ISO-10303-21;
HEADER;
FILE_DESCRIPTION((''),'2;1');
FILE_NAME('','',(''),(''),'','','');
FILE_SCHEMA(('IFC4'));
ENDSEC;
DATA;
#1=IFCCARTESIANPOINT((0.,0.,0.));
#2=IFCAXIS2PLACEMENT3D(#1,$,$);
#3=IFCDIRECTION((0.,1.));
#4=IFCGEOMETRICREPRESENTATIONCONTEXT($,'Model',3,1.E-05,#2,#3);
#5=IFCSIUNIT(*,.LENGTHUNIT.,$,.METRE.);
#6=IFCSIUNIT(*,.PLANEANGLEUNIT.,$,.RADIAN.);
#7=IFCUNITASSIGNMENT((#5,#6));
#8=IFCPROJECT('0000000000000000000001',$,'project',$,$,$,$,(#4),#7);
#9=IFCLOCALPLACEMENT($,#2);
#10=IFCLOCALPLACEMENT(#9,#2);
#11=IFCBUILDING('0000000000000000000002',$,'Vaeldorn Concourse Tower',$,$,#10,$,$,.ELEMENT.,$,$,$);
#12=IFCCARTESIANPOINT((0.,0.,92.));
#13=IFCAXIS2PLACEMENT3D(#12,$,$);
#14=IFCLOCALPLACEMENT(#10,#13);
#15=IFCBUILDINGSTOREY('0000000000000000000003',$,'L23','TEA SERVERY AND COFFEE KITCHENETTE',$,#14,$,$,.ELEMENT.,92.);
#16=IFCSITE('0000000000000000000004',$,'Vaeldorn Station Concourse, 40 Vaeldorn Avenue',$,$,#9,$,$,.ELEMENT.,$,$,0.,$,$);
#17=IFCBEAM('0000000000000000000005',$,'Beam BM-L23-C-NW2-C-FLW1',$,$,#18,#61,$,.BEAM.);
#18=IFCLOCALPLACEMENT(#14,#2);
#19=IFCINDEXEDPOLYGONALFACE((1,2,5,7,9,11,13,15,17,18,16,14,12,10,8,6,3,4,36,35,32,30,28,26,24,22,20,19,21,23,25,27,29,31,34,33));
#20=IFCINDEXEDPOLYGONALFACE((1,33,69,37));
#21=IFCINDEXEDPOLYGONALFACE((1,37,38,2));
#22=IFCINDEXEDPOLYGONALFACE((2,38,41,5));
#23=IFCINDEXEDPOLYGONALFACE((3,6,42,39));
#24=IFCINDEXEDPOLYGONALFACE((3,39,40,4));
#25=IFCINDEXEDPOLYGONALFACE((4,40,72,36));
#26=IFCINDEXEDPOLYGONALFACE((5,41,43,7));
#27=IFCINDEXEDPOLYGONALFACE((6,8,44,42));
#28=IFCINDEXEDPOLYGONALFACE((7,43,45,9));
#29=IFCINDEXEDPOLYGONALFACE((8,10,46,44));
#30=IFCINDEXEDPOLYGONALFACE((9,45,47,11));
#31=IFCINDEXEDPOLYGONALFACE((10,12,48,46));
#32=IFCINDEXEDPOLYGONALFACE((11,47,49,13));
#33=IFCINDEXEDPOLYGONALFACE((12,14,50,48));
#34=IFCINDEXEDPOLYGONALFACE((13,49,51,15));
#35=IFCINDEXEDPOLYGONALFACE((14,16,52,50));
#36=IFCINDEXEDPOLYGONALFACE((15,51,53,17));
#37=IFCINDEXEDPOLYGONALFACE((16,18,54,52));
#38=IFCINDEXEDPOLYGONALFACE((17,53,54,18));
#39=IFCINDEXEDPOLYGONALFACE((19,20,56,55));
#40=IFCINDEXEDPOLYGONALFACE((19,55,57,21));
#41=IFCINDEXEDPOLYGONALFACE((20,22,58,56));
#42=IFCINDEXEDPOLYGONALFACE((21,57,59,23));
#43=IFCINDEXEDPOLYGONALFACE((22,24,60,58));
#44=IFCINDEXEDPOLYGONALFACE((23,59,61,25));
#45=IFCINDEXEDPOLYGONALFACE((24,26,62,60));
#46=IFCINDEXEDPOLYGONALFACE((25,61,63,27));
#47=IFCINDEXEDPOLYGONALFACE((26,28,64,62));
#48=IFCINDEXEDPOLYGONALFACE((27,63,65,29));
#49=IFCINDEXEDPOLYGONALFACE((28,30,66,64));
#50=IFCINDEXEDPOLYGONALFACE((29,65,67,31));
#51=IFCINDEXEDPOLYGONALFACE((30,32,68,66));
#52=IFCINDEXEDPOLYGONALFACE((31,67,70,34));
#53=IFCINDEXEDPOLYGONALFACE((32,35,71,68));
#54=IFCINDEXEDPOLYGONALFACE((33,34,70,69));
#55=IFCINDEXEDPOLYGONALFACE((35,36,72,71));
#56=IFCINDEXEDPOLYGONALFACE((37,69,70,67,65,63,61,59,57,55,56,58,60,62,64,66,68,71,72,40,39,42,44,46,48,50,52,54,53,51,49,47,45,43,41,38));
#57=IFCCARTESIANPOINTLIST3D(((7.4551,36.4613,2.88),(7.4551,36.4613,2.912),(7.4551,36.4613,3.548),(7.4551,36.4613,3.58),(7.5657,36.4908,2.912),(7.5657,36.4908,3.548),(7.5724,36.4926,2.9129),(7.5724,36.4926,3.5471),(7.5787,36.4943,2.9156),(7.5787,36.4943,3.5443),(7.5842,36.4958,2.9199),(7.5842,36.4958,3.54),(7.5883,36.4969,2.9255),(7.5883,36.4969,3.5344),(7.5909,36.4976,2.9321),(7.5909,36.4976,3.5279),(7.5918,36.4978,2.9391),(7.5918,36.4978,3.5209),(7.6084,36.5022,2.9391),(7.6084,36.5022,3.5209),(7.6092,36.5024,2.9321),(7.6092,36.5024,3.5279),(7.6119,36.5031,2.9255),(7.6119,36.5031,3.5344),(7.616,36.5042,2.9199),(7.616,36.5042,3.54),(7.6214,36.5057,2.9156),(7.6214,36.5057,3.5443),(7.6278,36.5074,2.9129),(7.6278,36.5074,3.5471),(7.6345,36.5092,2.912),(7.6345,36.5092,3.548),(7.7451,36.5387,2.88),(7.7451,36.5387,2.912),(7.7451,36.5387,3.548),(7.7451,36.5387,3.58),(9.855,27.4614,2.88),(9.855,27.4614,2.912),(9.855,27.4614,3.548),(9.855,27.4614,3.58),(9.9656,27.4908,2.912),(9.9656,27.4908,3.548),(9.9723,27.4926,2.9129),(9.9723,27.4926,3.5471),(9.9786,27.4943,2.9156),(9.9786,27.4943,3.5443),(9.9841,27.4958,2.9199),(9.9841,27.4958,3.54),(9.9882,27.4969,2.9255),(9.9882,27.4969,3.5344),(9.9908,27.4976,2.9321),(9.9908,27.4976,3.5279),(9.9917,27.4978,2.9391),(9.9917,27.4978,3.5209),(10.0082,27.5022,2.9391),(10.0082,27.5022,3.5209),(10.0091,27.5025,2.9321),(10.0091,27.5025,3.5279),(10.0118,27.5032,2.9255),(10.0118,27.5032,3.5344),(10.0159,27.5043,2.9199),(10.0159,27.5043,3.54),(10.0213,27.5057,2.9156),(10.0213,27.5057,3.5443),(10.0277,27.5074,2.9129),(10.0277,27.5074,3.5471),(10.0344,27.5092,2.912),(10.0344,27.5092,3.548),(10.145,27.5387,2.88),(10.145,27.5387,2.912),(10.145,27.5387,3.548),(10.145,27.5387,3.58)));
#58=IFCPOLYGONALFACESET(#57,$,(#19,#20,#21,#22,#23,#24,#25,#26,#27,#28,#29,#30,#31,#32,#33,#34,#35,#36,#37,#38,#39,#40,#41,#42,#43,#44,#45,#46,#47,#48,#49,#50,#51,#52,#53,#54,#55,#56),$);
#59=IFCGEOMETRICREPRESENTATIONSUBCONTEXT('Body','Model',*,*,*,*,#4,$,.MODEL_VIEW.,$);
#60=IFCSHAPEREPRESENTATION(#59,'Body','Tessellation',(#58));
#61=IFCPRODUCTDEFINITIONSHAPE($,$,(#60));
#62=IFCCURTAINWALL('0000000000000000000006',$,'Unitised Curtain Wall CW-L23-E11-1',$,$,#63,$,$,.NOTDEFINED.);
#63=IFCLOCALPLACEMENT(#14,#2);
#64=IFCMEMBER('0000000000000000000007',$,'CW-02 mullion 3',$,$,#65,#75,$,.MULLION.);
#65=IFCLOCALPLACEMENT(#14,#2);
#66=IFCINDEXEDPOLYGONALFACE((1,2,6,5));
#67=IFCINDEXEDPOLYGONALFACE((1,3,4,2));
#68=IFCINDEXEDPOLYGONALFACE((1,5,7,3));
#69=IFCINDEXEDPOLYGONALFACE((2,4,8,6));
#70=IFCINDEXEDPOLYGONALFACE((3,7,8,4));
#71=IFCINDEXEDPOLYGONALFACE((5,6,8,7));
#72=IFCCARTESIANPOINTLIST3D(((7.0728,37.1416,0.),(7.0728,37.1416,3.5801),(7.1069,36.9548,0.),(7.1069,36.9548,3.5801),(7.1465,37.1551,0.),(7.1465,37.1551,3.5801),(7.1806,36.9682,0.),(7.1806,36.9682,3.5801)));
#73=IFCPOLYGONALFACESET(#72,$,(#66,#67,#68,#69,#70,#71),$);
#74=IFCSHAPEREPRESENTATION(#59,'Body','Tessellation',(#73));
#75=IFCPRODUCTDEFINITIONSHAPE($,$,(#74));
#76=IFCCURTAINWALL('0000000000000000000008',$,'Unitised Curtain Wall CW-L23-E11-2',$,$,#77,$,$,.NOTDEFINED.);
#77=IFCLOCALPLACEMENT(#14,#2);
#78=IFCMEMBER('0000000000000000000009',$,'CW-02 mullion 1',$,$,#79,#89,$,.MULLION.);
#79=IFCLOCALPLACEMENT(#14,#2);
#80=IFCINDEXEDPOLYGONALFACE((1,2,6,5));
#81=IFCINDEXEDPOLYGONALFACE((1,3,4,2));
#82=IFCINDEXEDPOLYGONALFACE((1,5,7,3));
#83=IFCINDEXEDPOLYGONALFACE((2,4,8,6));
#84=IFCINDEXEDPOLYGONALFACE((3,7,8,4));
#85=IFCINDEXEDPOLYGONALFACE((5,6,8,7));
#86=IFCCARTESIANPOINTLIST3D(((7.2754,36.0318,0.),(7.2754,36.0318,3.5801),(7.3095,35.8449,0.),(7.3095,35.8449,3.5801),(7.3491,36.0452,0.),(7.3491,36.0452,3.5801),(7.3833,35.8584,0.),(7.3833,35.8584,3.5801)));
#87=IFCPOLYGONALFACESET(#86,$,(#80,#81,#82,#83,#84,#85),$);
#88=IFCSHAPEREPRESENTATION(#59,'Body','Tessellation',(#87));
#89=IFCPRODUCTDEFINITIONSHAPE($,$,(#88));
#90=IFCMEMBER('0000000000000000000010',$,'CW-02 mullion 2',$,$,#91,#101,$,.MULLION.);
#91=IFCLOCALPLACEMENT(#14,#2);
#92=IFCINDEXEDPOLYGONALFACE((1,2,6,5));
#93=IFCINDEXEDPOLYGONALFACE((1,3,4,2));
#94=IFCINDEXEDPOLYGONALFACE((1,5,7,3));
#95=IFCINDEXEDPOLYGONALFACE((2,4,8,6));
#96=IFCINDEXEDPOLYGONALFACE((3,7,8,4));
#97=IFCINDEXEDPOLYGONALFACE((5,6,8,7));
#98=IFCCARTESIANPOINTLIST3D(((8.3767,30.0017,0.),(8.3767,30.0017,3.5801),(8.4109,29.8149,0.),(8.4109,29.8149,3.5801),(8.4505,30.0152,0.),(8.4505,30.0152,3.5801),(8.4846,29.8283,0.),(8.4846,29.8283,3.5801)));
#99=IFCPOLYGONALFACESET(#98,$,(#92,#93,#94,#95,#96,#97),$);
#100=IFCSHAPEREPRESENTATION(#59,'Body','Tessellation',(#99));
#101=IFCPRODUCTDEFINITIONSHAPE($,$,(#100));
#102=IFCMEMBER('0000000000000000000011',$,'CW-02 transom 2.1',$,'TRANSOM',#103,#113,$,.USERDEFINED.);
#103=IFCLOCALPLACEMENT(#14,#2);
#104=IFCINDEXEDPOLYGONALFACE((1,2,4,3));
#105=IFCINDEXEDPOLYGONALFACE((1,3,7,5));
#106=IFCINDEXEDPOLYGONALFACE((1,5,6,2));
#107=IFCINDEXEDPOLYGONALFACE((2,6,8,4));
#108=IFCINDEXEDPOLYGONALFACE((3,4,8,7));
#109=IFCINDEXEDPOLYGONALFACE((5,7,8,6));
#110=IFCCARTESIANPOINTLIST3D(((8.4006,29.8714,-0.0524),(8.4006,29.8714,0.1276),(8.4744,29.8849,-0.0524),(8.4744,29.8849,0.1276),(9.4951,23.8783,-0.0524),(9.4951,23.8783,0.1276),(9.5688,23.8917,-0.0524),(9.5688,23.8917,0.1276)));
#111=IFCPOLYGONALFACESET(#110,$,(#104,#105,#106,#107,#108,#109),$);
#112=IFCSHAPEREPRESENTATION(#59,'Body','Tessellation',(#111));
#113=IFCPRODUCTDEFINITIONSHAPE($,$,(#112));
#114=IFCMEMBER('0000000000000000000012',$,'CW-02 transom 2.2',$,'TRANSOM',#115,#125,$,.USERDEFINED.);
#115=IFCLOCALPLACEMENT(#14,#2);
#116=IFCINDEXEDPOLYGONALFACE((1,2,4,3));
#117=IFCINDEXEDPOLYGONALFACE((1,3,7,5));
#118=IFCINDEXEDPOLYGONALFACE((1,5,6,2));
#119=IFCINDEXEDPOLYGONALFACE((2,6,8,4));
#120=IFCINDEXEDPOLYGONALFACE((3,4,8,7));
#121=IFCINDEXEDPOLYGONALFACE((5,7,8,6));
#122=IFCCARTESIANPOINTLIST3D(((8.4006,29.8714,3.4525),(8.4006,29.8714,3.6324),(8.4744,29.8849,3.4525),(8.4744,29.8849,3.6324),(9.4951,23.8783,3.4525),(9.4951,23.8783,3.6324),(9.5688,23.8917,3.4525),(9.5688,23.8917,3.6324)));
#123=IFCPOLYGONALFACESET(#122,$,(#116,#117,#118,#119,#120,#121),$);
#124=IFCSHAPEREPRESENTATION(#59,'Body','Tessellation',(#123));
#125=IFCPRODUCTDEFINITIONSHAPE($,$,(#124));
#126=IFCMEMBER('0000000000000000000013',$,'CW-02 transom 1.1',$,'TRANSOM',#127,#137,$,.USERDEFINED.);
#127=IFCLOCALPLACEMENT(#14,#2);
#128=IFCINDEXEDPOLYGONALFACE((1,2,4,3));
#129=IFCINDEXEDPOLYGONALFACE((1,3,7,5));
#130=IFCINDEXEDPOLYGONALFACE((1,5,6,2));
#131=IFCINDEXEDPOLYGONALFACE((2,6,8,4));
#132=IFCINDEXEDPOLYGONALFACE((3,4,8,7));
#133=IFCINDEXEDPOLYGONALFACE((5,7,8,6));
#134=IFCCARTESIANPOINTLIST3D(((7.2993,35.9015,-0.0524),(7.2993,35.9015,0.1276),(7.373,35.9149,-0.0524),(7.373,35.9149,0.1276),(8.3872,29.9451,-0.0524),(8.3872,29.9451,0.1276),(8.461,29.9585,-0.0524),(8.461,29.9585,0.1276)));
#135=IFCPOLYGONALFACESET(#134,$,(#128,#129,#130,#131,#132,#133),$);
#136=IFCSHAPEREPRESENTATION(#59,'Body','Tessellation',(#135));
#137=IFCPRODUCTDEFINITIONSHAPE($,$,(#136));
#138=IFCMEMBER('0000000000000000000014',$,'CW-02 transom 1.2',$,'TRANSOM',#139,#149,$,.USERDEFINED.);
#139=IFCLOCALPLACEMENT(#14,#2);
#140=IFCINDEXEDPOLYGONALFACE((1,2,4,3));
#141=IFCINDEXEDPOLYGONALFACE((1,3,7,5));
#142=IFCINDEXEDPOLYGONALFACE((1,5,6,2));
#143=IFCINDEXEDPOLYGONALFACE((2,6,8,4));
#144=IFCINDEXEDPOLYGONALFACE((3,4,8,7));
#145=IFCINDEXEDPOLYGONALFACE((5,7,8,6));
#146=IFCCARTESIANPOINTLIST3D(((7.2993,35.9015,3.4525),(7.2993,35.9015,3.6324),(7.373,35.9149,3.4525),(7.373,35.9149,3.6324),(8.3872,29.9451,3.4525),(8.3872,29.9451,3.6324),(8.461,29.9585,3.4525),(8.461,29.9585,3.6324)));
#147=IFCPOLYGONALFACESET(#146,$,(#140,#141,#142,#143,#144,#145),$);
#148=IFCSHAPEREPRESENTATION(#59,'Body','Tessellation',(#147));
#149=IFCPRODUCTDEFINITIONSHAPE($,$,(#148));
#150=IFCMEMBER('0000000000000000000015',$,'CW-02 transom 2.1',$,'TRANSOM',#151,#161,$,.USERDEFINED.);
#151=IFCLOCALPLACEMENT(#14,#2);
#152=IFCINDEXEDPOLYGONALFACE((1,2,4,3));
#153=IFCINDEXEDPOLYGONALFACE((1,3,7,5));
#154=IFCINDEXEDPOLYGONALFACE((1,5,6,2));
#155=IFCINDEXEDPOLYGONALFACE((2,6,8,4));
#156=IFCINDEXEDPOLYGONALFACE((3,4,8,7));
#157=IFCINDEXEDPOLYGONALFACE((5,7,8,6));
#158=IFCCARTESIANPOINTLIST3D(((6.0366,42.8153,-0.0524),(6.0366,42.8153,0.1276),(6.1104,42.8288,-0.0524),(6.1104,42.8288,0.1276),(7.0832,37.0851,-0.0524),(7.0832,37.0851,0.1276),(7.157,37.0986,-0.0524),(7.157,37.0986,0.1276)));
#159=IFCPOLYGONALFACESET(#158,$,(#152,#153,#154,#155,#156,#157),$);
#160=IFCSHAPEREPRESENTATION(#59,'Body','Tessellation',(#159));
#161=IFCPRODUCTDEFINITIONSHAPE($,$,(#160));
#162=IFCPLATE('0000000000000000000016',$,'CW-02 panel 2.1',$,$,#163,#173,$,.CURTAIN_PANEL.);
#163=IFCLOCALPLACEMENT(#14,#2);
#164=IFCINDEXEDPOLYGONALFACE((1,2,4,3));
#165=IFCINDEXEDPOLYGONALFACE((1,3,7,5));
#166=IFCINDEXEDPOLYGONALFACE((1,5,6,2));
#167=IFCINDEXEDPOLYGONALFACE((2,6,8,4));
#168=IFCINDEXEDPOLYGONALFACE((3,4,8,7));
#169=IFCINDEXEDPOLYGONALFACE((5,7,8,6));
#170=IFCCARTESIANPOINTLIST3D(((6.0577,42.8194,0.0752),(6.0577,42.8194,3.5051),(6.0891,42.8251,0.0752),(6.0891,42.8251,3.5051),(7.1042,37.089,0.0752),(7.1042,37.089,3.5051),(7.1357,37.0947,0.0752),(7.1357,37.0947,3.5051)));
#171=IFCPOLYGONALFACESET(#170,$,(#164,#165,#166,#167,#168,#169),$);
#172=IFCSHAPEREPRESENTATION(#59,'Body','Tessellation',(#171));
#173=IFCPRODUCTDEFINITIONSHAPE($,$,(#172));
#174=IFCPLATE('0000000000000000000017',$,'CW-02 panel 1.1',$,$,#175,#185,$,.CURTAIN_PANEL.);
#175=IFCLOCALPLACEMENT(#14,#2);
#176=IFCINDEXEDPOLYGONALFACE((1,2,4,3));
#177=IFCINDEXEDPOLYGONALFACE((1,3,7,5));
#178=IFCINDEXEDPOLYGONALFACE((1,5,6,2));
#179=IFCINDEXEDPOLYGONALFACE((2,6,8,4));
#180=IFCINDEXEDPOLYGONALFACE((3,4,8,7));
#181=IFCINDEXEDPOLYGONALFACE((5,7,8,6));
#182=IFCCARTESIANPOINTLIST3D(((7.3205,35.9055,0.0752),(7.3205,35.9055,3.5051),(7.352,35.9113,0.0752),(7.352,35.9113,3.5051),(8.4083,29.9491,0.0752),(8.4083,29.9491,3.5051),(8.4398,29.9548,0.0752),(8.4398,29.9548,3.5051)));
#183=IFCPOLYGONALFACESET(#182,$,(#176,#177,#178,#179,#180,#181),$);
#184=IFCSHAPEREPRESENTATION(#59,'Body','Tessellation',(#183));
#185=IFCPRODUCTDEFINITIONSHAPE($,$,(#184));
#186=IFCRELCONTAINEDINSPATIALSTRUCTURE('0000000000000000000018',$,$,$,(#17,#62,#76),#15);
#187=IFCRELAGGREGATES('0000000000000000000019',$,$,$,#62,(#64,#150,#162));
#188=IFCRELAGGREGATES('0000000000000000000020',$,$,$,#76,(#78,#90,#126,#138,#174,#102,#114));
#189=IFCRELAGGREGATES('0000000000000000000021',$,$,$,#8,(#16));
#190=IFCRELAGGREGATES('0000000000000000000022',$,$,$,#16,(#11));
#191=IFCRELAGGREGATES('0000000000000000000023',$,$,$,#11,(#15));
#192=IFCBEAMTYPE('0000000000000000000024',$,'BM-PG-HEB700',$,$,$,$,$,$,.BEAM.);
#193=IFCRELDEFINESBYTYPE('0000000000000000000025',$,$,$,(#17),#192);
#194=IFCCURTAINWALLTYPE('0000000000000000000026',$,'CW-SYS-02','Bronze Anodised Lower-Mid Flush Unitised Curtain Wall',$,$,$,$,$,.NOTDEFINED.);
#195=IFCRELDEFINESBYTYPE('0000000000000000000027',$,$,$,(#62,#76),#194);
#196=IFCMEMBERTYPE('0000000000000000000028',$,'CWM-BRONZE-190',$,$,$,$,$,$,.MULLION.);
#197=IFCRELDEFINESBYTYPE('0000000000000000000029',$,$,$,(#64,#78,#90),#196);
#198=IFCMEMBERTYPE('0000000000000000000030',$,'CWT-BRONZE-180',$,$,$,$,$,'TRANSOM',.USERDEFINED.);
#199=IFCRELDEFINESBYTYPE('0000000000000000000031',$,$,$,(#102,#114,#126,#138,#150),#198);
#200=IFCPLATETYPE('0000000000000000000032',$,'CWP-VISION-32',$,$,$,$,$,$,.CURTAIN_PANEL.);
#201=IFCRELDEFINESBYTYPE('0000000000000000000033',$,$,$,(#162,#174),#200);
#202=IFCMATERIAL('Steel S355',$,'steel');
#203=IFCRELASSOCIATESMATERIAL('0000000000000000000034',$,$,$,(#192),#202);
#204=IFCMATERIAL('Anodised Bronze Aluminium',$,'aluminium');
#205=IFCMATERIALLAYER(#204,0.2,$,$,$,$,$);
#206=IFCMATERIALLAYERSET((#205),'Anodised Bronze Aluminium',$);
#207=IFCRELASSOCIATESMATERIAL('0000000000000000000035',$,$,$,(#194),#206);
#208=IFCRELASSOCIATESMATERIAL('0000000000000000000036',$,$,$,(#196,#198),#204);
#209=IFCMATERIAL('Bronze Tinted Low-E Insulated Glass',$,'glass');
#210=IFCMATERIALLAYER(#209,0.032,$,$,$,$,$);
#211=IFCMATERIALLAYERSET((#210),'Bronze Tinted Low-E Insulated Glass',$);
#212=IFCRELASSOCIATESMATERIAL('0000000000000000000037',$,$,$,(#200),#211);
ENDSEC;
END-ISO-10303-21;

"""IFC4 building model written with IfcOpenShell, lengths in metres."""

from ifc_helpers import new_model, si_unit, direction, frame, origin, origin_2d, place, context, subcontext, project, spatial, rectangle, i_section, extrude, source, transform, mapped, material, layer, layer_set, material_profile, profile_set, type_object, element, aggregate, save


model = new_model("IFC4")

# Units and contexts
model_context = context("Model", 3, precision=1e-05, world=origin(), true_north=direction((0.0, 1.0)))
body_context = subcontext(model_context, "Body", "Model", "MODEL_VIEW")
ifc_project = project(units=[si_unit("LENGTHUNIT", "METRE"), si_unit("PLANEANGLEUNIT", "RADIAN")], contexts=[model_context])

# Site, building, storey
site_placement = place(None, origin())
site = spatial("IfcSite", under=ifc_project, at=site_placement, Name="Vaeldorn Station Concourse, 40 Vaeldorn Avenue", CompositionType="ELEMENT", RefElevation=0.0)
building_placement = place(site_placement, origin())
building = spatial("IfcBuilding", under=site, at=building_placement, Name="Vaeldorn Concourse Tower", CompositionType="ELEMENT")
storey_placement = place(building_placement, frame((0.0, 0.0, 92.0)))
storey = spatial("IfcBuildingStorey", under=building, at=storey_placement, Name="L23", Description="TEA SERVERY AND COFFEE KITCHENETTE", CompositionType="ELEMENT", Elevation=92.0)

# Beam
ifc_material_1 = material(Name="Steel S355", Category="steel")
ifc_material_profile_1 = material_profile(ifc_material_1, i_section(OverallWidth=0.3, OverallDepth=0.7, WebThickness=0.0171, FlangeThickness=0.032, FilletRadius=0.0271, at=origin_2d()), Name="HEB 700")
ifc_profile_set_1 = profile_set([ifc_material_profile_1], Name="Steel S355")
beam_type_1 = type_object("IfcBeamType", Name="BM-PG-HEB700", PredefinedType="BEAM", material=ifc_profile_set_1)
shared_shape_1 = source(origin(), body_context, "Body", "SweptSolid", [
    extrude(i_section(OverallWidth=0.3, OverallDepth=0.7, WebThickness=0.0171, FlangeThickness=0.032, FilletRadius=0.0271, at=origin_2d()), origin(), (0.0, 0.0, 1.0), 9.3145),
])
beam_1_placement = place(storey_placement, frame((7.6001, 36.5, 3.23), z_axis=(0.257653, -0.966238, 0.0), x_axis=(0.966238, 0.257653, 0.0)))
element("IfcBeam", 1, at=beam_1_placement, inside=storey, type_object=beam_type_1, Name="Beam BM-L23-C-NW2-C-FLW1", PredefinedType="BEAM", context=body_context, shape_type="MappedRepresentation", body=[
    mapped(shared_shape_1, transform((0.0, 0.0, 0.0), scale=1.0)),
])

# Curtain wall, member
ifc_material_2 = material(Name="Anodised Bronze Aluminium", Category="aluminium")
ifc_layer_1 = layer(ifc_material_2, 0.2)
ifc_layer_set_1 = layer_set([ifc_layer_1], Name="Anodised Bronze Aluminium")
curtain_wall_type = type_object("IfcCurtainWallType", Name="CW-SYS-02", Description="Bronze Anodised Lower-Mid Flush Unitised Curtain Wall", PredefinedType="NOTDEFINED", material=ifc_layer_set_1)
curtain_wall_1_placement = place(storey_placement, origin())
curtain_wall_1 = element("IfcCurtainWall", 2, at=curtain_wall_1_placement, inside=storey, type_object=curtain_wall_type, Name="Unitised Curtain Wall CW-L23-E11-1", PredefinedType="NOTDEFINED")
ifc_material_profile_2 = material_profile(ifc_material_2, rectangle(XDim=0.075, YDim=0.1899, at=origin_2d()), Name="CWM 75x190")
ifc_profile_set_2 = profile_set([ifc_material_profile_2], Name="Anodised Bronze Aluminium")
member_type_1 = type_object("IfcMemberType", Name="CWM-BRONZE-190", PredefinedType="MULLION", material=ifc_profile_set_2)
shared_shape_2 = source(origin(), body_context, "Body", "SweptSolid", [
    extrude(rectangle(XDim=0.075, YDim=0.1899, at=origin_2d()), origin(), (0.0, 0.0, 1.0), 3.5801),
])
member_1_placement = place(storey_placement, frame((7.1267, 37.0549, 0.0), z_axis=(0.0, 0.0, 1.0), x_axis=(0.983729, 0.17966, 0.0)))
member_1 = element("IfcMember", 3, at=member_1_placement, type_object=member_type_1, Name="CW-02 mullion 3", PredefinedType="MULLION", context=body_context, shape_type="MappedRepresentation", body=[
    mapped(shared_shape_2, transform((0.0, 0.0, 0.0), scale=1.0)),
])

# Curtain wall, members
curtain_wall_2_placement = place(storey_placement, origin())
curtain_wall_2 = element("IfcCurtainWall", 4, at=curtain_wall_2_placement, inside=storey, type_object=curtain_wall_type, Name="Unitised Curtain Wall CW-L23-E11-2", PredefinedType="NOTDEFINED")
member_2_placement = place(storey_placement, frame((7.3293, 35.9451, 0.0), z_axis=(0.0, 0.0, 1.0), x_axis=(0.983729, 0.179656, 0.0)))
member_2 = element("IfcMember", 5, at=member_2_placement, type_object=member_type_1, Name="CW-02 mullion 1", PredefinedType="MULLION", context=body_context, shape_type="MappedRepresentation", body=[
    mapped(shared_shape_2, transform((0.0, 0.0, 0.0), scale=1.0)),
])
member_3_placement = place(storey_placement, frame((8.4307, 29.915, 0.0), z_axis=(0.0, 0.0, 1.0), x_axis=(0.983729, 0.179656, 0.0)))
member_3 = element("IfcMember", 6, at=member_3_placement, type_object=member_type_1, Name="CW-02 mullion 2", PredefinedType="MULLION", context=body_context, shape_type="MappedRepresentation", body=[
    mapped(shared_shape_2, transform((0.0, 0.0, 0.0), scale=1.0)),
])
ifc_material_profile_3 = material_profile(ifc_material_2, rectangle(XDim=0.075, YDim=0.1799, at=origin_2d()), Name="CWT 75x180")
ifc_profile_set_3 = profile_set([ifc_material_profile_3], Name="Anodised Bronze Aluminium")
member_type_2 = type_object("IfcMemberType", Name="CWT-BRONZE-180", ElementType="TRANSOM", PredefinedType="USERDEFINED", material=ifc_profile_set_3)
shared_shape_3 = source(origin(), body_context, "Body", "SweptSolid", [
    extrude(rectangle(XDim=0.075, YDim=0.1799, at=origin_2d()), origin(), (0.0, 0.0, 1.0), 6.0923),
])
member_4_placement = place(storey_placement, frame((8.4375, 29.8782, 0.0376), z_axis=(0.179651, -0.98373, 0.0), x_axis=(0.98373, 0.179651, 0.0)))
member_4 = element("IfcMember", 7, at=member_4_placement, type_object=member_type_2, Name="CW-02 transom 2.1", ObjectType="TRANSOM", PredefinedType="USERDEFINED", context=body_context, shape_type="MappedRepresentation", body=[
    mapped(shared_shape_3, transform((0.0, 0.0, 0.0), scale=1.0)),
])
member_5_placement = place(storey_placement, frame((8.4375, 29.8782, 3.5425), z_axis=(0.179651, -0.98373, 0.0), x_axis=(0.98373, 0.179651, 0.0)))
member_5 = element("IfcMember", 8, at=member_5_placement, type_object=member_type_2, Name="CW-02 transom 2.2", ObjectType="TRANSOM", PredefinedType="USERDEFINED", context=body_context, shape_type="MappedRepresentation", body=[
    mapped(shared_shape_3, transform((0.0, 0.0, 0.0), scale=1.0)),
])
shared_shape_4 = source(origin(), body_context, "Body", "SweptSolid", [
    extrude(rectangle(XDim=0.075, YDim=0.1799, at=origin_2d()), origin(), (0.0, 0.0, 1.0), 6.0549),
])
member_6_placement = place(storey_placement, frame((7.3362, 35.9082, 0.0376), z_axis=(0.179673, -0.983726, 0.0), x_axis=(0.983726, 0.179673, 0.0)))
member_6 = element("IfcMember", 9, at=member_6_placement, type_object=member_type_2, Name="CW-02 transom 1.1", ObjectType="TRANSOM", PredefinedType="USERDEFINED", context=body_context, shape_type="MappedRepresentation", body=[
    mapped(shared_shape_4, transform((0.0, 0.0, 0.0), scale=1.0)),
])
member_7_placement = place(storey_placement, frame((7.3362, 35.9082, 3.5425), z_axis=(0.179673, -0.983726, 0.0), x_axis=(0.983726, 0.179673, 0.0)))
member_7 = element("IfcMember", 10, at=member_7_placement, type_object=member_type_2, Name="CW-02 transom 1.2", ObjectType="TRANSOM", PredefinedType="USERDEFINED", context=body_context, shape_type="MappedRepresentation", body=[
    mapped(shared_shape_4, transform((0.0, 0.0, 0.0), scale=1.0)),
])

# Member
shared_shape_5 = source(origin(), body_context, "Body", "SweptSolid", [
    extrude(rectangle(XDim=0.075, YDim=0.1799, at=origin_2d()), origin(), (0.0, 0.0, 1.0), 5.825),
])
member_8_placement = place(storey_placement, frame((6.0735, 42.822, 0.0376), z_axis=(0.179678, -0.983725, 0.0), x_axis=(0.983725, 0.179678, 0.0)))
member_8 = element("IfcMember", 11, at=member_8_placement, type_object=member_type_2, Name="CW-02 transom 2.1", ObjectType="TRANSOM", PredefinedType="USERDEFINED", context=body_context, shape_type="MappedRepresentation", body=[
    mapped(shared_shape_5, transform((0.0, 0.0, 0.0), scale=1.0)),
])

# Plates
ifc_material_3 = material(Name="Bronze Tinted Low-E Insulated Glass", Category="glass")
ifc_layer_2 = layer(ifc_material_3, 0.032)
ifc_layer_set_2 = layer_set([ifc_layer_2], Name="Bronze Tinted Low-E Insulated Glass")
plate_type = type_object("IfcPlateType", Name="CWP-VISION-32", PredefinedType="CURTAIN_PANEL", material=ifc_layer_set_2)
shared_shape_6 = source(origin(), body_context, "Body", "SweptSolid", [
    extrude(rectangle(XDim=5.8252, YDim=0.032, at=origin_2d()), origin(), (0.0, 0.0, 1.0), 3.4299),
])
plate_1_placement = place(storey_placement, frame((6.5967, 39.957, 0.0752), z_axis=(0.0, 0.0, 1.0), x_axis=(0.17966, -0.983729, 0.0)))
plate_1 = element("IfcPlate", 12, at=plate_1_placement, type_object=plate_type, Name="CW-02 panel 2.1", PredefinedType="CURTAIN_PANEL", context=body_context, shape_type="MappedRepresentation", body=[
    mapped(shared_shape_6, transform((0.0, 0.0, 0.0), scale=1.0)),
])
aggregate(curtain_wall_1, [member_1, member_8, plate_1])
shared_shape_7 = source(origin(), body_context, "Body", "SweptSolid", [
    extrude(rectangle(XDim=6.0549, YDim=0.032, at=origin_2d()), origin(), (0.0, 0.0, 1.0), 3.4299),
])
plate_2_placement = place(storey_placement, frame((7.8801, 32.9302, 0.0752), z_axis=(0.0, 0.0, 1.0), x_axis=(0.179656, -0.983729, 0.0)))
plate_2 = element("IfcPlate", 13, at=plate_2_placement, type_object=plate_type, Name="CW-02 panel 1.1", PredefinedType="CURTAIN_PANEL", context=body_context, shape_type="MappedRepresentation", body=[
    mapped(shared_shape_7, transform((0.0, 0.0, 0.0), scale=1.0)),
])
aggregate(curtain_wall_2, [member_2, member_3, member_6, member_7, plate_2, member_4, member_5])

save(model, "model.ifc")
